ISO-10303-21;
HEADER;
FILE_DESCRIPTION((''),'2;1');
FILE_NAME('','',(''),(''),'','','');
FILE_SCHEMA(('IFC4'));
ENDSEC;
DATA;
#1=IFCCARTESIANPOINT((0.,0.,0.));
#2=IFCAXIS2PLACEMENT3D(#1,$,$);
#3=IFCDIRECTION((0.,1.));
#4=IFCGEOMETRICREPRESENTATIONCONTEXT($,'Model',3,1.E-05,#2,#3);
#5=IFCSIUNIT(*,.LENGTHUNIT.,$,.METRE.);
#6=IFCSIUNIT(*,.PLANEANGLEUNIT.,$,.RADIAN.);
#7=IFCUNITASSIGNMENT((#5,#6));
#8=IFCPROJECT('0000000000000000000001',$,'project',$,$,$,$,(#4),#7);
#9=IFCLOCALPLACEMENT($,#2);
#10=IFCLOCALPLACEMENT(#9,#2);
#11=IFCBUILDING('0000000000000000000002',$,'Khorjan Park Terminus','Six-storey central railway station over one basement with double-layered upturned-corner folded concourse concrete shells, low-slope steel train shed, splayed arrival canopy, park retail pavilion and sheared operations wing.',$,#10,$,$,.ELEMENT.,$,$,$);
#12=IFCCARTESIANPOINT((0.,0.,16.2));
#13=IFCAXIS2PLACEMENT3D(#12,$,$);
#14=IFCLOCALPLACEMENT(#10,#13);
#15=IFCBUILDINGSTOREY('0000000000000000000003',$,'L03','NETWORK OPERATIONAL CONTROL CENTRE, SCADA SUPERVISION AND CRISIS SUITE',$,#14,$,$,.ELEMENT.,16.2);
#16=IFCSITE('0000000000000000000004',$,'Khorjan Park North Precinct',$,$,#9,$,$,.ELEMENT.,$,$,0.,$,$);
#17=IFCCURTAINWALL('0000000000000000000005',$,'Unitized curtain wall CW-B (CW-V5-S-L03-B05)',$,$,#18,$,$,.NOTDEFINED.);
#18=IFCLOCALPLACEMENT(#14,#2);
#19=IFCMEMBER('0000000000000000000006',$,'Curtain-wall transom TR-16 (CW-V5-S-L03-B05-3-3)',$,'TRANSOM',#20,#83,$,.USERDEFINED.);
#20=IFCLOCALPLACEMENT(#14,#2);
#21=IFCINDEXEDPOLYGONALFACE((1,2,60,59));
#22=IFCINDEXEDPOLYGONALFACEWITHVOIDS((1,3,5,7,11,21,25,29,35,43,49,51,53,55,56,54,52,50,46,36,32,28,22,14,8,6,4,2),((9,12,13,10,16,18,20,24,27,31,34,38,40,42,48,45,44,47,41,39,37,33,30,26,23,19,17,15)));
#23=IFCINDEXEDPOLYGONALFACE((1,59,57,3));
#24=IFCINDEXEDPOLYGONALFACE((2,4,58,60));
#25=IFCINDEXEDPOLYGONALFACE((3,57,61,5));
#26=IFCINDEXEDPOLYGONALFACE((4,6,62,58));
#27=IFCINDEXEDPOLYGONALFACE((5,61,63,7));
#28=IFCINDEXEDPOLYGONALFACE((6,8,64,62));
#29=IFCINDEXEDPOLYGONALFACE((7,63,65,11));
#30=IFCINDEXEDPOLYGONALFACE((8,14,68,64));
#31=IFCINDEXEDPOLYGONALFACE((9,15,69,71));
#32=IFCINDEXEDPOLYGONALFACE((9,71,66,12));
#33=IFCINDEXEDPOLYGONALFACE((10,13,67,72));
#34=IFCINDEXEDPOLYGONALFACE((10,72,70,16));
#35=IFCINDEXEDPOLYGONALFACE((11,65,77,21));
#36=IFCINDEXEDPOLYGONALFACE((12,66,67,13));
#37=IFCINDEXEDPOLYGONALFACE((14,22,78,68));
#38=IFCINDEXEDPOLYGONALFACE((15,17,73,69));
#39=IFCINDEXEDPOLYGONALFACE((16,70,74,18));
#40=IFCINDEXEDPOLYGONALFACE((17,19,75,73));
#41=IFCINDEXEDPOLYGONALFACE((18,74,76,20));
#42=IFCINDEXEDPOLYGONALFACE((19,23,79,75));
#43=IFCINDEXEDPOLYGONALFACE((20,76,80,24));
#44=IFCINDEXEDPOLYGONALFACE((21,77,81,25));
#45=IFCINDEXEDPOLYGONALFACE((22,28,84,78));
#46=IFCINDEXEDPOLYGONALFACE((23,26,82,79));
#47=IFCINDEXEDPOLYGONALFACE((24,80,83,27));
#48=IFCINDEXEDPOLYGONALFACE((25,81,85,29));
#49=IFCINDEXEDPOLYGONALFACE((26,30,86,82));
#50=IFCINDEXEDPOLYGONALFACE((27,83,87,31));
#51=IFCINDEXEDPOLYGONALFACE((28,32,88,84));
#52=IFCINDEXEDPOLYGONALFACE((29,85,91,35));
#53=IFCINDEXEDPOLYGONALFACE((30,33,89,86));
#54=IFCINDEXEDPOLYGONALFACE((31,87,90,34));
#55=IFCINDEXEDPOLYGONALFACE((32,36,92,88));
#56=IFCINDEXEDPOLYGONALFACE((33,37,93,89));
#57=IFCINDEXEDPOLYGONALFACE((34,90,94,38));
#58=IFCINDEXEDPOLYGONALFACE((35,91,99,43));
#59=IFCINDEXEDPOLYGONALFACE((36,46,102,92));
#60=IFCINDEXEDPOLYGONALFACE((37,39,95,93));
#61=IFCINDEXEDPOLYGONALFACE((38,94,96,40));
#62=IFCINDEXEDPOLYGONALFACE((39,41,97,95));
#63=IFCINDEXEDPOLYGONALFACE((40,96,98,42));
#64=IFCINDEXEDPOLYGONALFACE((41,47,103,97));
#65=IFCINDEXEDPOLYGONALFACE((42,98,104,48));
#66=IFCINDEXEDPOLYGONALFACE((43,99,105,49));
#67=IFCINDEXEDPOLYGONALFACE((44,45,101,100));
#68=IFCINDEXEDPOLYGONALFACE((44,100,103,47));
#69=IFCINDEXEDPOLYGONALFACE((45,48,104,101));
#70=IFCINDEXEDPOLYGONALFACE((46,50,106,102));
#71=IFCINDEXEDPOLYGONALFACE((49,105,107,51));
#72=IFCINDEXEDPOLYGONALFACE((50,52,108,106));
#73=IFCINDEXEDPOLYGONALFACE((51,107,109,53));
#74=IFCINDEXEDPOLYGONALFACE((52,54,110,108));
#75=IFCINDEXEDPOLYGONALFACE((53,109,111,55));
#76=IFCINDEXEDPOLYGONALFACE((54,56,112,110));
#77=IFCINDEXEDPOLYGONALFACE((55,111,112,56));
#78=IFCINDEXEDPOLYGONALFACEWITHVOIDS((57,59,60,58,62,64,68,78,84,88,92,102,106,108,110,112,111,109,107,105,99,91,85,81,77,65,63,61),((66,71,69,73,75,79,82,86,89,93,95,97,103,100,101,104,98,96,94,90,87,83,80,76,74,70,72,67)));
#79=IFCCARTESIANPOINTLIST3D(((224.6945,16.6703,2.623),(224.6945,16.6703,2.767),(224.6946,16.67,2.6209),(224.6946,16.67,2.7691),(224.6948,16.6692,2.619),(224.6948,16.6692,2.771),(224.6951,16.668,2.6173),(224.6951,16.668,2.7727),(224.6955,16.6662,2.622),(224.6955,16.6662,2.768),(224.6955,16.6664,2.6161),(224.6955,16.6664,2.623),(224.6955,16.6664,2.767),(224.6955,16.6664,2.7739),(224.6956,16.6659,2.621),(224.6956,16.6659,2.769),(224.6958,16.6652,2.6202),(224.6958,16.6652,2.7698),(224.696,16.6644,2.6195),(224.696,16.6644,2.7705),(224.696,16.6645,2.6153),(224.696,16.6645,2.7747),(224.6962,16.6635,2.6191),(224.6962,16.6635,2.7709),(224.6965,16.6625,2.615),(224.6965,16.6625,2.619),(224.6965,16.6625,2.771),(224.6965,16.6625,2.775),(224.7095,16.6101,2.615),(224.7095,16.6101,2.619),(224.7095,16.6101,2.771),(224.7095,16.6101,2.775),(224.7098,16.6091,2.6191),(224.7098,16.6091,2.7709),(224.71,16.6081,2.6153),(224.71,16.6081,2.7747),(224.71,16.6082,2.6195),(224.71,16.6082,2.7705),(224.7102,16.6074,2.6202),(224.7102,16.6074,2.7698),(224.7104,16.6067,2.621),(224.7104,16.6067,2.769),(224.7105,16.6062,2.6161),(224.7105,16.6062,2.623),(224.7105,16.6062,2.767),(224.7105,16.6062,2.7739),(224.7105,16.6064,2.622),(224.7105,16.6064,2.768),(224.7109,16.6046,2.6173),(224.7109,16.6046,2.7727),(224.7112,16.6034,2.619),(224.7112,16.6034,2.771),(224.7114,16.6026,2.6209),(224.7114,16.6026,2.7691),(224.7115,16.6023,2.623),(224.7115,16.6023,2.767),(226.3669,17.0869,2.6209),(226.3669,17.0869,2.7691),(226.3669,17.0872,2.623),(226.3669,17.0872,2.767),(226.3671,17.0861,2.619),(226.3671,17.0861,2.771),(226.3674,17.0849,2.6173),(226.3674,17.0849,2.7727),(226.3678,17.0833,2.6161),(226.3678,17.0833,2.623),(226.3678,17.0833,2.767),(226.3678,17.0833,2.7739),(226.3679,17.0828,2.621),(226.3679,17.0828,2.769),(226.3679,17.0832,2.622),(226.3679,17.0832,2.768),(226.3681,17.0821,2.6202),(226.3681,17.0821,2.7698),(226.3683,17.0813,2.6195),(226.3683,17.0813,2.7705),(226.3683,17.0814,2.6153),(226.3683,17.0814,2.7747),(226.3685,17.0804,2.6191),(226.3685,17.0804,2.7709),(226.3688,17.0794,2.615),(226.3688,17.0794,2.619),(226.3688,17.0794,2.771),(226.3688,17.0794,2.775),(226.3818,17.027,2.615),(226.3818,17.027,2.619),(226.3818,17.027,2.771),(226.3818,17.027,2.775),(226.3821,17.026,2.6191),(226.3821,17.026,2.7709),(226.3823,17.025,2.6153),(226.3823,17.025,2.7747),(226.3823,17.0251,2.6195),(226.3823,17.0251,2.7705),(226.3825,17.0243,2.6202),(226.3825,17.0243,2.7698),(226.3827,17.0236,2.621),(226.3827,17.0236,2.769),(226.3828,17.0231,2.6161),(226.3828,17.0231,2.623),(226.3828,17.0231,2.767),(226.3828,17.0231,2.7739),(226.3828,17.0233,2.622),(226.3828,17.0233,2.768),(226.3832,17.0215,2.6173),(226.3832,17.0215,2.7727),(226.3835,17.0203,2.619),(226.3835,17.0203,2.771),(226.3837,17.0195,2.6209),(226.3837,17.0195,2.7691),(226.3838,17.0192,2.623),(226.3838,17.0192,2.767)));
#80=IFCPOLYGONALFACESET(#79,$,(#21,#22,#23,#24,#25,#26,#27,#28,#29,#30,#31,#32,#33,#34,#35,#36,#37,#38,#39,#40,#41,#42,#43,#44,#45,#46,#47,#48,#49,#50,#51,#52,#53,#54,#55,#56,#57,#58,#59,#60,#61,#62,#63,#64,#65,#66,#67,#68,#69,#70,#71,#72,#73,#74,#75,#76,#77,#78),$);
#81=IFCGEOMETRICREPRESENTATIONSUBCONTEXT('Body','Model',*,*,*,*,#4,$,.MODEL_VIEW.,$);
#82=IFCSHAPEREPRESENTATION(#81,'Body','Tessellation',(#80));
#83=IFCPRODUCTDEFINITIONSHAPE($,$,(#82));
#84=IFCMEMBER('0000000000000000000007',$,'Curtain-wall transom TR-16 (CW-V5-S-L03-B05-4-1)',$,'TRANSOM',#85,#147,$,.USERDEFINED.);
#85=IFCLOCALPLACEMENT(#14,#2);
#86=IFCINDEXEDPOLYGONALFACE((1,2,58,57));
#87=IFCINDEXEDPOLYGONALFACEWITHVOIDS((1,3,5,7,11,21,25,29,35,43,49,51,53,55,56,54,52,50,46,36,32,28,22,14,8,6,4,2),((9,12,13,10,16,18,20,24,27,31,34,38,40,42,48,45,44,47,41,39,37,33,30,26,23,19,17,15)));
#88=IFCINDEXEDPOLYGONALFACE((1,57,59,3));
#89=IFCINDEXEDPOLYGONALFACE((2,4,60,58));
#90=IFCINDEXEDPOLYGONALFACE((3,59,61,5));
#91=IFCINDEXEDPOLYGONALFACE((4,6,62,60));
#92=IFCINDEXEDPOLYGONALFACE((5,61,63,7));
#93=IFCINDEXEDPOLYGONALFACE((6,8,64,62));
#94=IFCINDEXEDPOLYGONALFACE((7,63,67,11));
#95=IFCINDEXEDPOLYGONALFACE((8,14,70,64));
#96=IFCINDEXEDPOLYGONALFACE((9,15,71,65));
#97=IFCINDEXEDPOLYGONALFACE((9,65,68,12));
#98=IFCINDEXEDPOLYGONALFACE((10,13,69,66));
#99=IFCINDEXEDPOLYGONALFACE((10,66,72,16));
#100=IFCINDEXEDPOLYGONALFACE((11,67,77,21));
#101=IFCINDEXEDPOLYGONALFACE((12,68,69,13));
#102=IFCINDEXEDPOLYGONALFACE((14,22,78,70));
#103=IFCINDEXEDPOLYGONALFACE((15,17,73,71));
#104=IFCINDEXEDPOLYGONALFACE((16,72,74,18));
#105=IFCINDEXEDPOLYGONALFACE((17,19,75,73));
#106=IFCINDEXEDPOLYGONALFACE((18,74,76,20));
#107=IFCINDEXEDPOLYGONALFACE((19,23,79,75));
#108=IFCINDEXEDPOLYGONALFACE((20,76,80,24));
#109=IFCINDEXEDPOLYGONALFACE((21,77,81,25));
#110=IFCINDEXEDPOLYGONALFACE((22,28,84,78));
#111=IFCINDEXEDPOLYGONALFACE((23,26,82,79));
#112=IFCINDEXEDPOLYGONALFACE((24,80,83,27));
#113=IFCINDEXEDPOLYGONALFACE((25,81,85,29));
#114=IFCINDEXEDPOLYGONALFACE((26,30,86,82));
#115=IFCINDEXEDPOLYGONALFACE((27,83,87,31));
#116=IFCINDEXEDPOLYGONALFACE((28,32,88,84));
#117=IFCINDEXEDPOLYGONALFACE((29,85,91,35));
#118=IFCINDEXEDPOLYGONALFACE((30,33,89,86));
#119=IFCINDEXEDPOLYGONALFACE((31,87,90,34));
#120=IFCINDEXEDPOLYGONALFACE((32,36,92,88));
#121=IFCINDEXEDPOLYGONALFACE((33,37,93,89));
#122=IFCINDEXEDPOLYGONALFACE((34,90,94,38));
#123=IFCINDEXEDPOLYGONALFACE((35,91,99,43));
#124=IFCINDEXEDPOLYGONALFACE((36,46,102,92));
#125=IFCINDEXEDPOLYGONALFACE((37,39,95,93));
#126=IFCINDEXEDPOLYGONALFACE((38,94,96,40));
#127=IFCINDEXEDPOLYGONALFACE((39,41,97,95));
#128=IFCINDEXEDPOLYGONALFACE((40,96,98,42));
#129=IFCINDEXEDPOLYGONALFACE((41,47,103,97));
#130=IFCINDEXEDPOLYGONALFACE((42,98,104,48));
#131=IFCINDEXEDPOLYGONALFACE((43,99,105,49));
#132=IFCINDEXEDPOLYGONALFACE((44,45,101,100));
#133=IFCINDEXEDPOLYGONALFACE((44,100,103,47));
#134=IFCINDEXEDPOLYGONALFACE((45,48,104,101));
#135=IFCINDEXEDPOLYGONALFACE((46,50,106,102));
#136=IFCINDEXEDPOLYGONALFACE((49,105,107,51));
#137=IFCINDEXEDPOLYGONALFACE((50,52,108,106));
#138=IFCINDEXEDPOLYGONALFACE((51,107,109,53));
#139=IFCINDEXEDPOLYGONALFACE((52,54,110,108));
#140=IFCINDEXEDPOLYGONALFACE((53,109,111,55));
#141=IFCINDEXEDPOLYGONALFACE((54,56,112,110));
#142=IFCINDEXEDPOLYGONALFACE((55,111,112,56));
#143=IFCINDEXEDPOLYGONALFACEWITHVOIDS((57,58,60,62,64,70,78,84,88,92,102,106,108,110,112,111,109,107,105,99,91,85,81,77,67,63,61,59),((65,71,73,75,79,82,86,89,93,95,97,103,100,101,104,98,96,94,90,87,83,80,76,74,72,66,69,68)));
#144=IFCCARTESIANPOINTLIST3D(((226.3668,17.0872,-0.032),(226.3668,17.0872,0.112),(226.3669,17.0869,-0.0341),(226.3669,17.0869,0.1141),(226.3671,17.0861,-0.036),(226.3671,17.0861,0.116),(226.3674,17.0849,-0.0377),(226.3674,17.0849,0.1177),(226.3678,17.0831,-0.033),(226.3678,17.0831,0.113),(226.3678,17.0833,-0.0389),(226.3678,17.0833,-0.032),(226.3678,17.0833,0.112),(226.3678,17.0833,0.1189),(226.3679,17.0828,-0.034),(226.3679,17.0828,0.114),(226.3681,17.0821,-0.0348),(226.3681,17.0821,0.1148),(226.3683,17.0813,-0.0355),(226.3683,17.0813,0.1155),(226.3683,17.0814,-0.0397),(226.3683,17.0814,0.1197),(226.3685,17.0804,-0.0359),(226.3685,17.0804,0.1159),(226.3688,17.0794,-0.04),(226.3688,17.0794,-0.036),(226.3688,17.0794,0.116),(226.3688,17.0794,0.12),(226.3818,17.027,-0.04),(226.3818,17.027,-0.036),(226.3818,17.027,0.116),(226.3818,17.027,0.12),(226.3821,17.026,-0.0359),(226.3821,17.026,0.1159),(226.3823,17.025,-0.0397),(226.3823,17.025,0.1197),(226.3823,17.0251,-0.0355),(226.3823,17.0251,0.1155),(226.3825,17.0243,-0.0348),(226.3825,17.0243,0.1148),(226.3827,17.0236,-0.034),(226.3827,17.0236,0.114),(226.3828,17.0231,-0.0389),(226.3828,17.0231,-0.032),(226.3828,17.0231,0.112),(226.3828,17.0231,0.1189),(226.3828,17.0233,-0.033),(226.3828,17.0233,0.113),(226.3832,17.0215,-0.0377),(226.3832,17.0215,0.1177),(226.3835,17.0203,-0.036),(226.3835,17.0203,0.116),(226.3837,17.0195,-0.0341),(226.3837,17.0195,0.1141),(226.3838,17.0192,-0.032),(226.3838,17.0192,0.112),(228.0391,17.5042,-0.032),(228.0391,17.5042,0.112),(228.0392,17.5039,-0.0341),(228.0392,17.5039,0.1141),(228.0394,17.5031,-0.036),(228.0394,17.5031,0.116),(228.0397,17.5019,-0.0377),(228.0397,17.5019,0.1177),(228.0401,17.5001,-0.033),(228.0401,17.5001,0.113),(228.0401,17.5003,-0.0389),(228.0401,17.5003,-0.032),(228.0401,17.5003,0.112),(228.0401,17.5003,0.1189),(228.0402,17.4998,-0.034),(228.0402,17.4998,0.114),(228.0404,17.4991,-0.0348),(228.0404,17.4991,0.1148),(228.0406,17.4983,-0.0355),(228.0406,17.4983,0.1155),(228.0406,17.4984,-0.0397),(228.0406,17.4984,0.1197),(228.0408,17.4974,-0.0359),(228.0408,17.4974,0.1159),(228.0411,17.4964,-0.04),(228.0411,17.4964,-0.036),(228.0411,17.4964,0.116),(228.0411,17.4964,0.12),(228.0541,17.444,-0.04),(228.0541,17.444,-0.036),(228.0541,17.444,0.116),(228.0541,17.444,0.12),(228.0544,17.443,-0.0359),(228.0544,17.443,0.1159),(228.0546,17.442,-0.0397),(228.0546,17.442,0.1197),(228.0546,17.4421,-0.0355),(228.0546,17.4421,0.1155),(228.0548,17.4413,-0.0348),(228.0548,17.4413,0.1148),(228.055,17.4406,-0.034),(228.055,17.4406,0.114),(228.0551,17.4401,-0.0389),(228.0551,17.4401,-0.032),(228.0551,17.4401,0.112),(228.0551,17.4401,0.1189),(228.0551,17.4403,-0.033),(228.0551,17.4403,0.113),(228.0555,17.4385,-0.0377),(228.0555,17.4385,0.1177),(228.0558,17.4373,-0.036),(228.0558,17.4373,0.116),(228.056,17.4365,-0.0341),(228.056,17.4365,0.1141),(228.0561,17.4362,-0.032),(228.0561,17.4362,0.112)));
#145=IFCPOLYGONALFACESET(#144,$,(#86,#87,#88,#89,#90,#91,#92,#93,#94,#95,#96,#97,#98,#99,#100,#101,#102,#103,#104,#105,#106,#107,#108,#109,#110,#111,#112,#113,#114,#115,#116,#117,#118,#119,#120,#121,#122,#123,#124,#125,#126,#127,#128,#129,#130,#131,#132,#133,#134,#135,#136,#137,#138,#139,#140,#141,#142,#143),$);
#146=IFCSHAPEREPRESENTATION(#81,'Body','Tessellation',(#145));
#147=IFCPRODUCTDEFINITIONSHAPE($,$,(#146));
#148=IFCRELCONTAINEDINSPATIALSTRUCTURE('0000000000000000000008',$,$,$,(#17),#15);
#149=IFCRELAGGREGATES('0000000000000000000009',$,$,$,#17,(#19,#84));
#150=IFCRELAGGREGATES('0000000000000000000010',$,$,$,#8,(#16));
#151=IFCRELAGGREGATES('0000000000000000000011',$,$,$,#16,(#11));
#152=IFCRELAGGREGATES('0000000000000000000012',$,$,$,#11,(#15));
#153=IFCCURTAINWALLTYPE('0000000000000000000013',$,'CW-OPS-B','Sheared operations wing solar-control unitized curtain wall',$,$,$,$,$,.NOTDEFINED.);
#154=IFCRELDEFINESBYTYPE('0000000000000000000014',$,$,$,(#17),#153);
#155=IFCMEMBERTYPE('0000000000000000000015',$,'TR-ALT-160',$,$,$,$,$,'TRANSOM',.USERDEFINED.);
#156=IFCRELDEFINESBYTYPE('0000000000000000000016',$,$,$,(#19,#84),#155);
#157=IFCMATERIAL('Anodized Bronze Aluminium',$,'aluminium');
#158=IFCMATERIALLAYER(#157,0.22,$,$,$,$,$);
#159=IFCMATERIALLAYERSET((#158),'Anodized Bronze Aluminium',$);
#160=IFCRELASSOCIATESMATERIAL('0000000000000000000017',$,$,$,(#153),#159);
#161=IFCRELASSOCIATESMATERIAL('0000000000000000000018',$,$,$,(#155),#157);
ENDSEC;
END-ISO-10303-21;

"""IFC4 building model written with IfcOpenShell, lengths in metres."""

from ifc_helpers import new_model, si_unit, direction, frame, origin, origin_2d, place, context, subcontext, project, spatial, hollow_rectangle, extrude, material, layer, layer_set, material_profile, profile_set, type_object, element, aggregate, save


model = new_model("IFC4")

# Units and contexts
model_context = context("Model", 3, precision=1e-05, world=origin(), true_north=direction((0.0, 1.0)))
body_context = subcontext(model_context, "Body", "Model", "MODEL_VIEW")
ifc_project = project(units=[si_unit("LENGTHUNIT", "METRE"), si_unit("PLANEANGLEUNIT", "RADIAN")], contexts=[model_context])

# Site, building, storey
site_placement = place(None, origin())
site = spatial("IfcSite", under=ifc_project, at=site_placement, Name="Khorjan Park North Precinct", CompositionType="ELEMENT", RefElevation=0.0)
building_placement = place(site_placement, origin())
building = spatial("IfcBuilding", under=site, at=building_placement, Name="Khorjan Park Terminus", Description="Six-storey central railway station over one basement with double-layered upturned-corner folded concourse concrete shells, low-slope steel train shed, splayed arrival canopy, park retail pavilion and sheared operations wing.", CompositionType="ELEMENT")
storey_placement = place(building_placement, frame((0.0, 0.0, 16.2)))
storey = spatial("IfcBuildingStorey", under=building, at=storey_placement, Name="L03", Description="NETWORK OPERATIONAL CONTROL CENTRE, SCADA SUPERVISION AND CRISIS SUITE", CompositionType="ELEMENT", Elevation=16.2)

# Curtain wall, members
ifc_material_1 = material(Name="Anodized Bronze Aluminium", Category="aluminium")
ifc_layer_1 = layer(ifc_material_1, 0.22)
ifc_layer_set_1 = layer_set([ifc_layer_1], Name="Anodized Bronze Aluminium")
curtain_wall_type = type_object("IfcCurtainWallType", Name="CW-OPS-B", Description="Sheared operations wing solar-control unitized curtain wall", PredefinedType="NOTDEFINED", material=ifc_layer_set_1)
curtain_wall_placement = place(storey_placement, origin())
curtain_wall = element("IfcCurtainWall", 1, at=curtain_wall_placement, inside=storey, type_object=curtain_wall_type, Name="Unitized curtain wall CW-B (CW-V5-S-L03-B05)", PredefinedType="NOTDEFINED")
ifc_material_profile_1 = material_profile(ifc_material_1, hollow_rectangle(XDim=0.07, YDim=0.16, WallThickness=0.004, InnerFilletRadius=0.004, OuterFilletRadius=0.008, at=origin_2d()), Name="ALT 70x160x4")
ifc_profile_set_1 = profile_set([ifc_material_profile_1], Name="Anodized Bronze Aluminium")
member_type_1 = type_object("IfcMemberType", Name="TR-ALT-160", ElementType="TRANSOM", PredefinedType="USERDEFINED", material=ifc_profile_set_1)
member_1_placement = place(storey_placement, frame((224.703, 16.6363, 2.695), z_axis=(0.970303, 0.241894, 0.0), x_axis=(-0.241894, 0.970303, 0.0)))
member_1 = element("IfcMember", 2, at=member_1_placement, type_object=member_type_1, Name="Curtain-wall transom TR-16 (CW-V5-S-L03-B05-3-3)", ObjectType="TRANSOM", PredefinedType="USERDEFINED", context=body_context, shape_type="SweptSolid", body=[
    extrude(hollow_rectangle(XDim=0.07, YDim=0.16, WallThickness=0.004, InnerFilletRadius=0.004, OuterFilletRadius=0.008, at=origin_2d()), origin(), (0.0, 0.0, 1.0), 1.7235),
])
member_2_placement = place(storey_placement, frame((226.3753, 17.0532, 0.04), z_axis=(0.970289, 0.241949, 0.0), x_axis=(-0.241949, 0.970289, 0.0)))
member_2 = element("IfcMember", 3, at=member_2_placement, type_object=member_type_1, Name="Curtain-wall transom TR-16 (CW-V5-S-L03-B05-4-1)", ObjectType="TRANSOM", PredefinedType="USERDEFINED", context=body_context, shape_type="SweptSolid", body=[
    extrude(hollow_rectangle(XDim=0.07, YDim=0.16, WallThickness=0.004, InnerFilletRadius=0.004, OuterFilletRadius=0.008, at=origin_2d()), origin(), (0.0, 0.0, 1.0), 1.7235),
])
aggregate(curtain_wall, [member_1, member_2])

save(model, "model.ifc")
